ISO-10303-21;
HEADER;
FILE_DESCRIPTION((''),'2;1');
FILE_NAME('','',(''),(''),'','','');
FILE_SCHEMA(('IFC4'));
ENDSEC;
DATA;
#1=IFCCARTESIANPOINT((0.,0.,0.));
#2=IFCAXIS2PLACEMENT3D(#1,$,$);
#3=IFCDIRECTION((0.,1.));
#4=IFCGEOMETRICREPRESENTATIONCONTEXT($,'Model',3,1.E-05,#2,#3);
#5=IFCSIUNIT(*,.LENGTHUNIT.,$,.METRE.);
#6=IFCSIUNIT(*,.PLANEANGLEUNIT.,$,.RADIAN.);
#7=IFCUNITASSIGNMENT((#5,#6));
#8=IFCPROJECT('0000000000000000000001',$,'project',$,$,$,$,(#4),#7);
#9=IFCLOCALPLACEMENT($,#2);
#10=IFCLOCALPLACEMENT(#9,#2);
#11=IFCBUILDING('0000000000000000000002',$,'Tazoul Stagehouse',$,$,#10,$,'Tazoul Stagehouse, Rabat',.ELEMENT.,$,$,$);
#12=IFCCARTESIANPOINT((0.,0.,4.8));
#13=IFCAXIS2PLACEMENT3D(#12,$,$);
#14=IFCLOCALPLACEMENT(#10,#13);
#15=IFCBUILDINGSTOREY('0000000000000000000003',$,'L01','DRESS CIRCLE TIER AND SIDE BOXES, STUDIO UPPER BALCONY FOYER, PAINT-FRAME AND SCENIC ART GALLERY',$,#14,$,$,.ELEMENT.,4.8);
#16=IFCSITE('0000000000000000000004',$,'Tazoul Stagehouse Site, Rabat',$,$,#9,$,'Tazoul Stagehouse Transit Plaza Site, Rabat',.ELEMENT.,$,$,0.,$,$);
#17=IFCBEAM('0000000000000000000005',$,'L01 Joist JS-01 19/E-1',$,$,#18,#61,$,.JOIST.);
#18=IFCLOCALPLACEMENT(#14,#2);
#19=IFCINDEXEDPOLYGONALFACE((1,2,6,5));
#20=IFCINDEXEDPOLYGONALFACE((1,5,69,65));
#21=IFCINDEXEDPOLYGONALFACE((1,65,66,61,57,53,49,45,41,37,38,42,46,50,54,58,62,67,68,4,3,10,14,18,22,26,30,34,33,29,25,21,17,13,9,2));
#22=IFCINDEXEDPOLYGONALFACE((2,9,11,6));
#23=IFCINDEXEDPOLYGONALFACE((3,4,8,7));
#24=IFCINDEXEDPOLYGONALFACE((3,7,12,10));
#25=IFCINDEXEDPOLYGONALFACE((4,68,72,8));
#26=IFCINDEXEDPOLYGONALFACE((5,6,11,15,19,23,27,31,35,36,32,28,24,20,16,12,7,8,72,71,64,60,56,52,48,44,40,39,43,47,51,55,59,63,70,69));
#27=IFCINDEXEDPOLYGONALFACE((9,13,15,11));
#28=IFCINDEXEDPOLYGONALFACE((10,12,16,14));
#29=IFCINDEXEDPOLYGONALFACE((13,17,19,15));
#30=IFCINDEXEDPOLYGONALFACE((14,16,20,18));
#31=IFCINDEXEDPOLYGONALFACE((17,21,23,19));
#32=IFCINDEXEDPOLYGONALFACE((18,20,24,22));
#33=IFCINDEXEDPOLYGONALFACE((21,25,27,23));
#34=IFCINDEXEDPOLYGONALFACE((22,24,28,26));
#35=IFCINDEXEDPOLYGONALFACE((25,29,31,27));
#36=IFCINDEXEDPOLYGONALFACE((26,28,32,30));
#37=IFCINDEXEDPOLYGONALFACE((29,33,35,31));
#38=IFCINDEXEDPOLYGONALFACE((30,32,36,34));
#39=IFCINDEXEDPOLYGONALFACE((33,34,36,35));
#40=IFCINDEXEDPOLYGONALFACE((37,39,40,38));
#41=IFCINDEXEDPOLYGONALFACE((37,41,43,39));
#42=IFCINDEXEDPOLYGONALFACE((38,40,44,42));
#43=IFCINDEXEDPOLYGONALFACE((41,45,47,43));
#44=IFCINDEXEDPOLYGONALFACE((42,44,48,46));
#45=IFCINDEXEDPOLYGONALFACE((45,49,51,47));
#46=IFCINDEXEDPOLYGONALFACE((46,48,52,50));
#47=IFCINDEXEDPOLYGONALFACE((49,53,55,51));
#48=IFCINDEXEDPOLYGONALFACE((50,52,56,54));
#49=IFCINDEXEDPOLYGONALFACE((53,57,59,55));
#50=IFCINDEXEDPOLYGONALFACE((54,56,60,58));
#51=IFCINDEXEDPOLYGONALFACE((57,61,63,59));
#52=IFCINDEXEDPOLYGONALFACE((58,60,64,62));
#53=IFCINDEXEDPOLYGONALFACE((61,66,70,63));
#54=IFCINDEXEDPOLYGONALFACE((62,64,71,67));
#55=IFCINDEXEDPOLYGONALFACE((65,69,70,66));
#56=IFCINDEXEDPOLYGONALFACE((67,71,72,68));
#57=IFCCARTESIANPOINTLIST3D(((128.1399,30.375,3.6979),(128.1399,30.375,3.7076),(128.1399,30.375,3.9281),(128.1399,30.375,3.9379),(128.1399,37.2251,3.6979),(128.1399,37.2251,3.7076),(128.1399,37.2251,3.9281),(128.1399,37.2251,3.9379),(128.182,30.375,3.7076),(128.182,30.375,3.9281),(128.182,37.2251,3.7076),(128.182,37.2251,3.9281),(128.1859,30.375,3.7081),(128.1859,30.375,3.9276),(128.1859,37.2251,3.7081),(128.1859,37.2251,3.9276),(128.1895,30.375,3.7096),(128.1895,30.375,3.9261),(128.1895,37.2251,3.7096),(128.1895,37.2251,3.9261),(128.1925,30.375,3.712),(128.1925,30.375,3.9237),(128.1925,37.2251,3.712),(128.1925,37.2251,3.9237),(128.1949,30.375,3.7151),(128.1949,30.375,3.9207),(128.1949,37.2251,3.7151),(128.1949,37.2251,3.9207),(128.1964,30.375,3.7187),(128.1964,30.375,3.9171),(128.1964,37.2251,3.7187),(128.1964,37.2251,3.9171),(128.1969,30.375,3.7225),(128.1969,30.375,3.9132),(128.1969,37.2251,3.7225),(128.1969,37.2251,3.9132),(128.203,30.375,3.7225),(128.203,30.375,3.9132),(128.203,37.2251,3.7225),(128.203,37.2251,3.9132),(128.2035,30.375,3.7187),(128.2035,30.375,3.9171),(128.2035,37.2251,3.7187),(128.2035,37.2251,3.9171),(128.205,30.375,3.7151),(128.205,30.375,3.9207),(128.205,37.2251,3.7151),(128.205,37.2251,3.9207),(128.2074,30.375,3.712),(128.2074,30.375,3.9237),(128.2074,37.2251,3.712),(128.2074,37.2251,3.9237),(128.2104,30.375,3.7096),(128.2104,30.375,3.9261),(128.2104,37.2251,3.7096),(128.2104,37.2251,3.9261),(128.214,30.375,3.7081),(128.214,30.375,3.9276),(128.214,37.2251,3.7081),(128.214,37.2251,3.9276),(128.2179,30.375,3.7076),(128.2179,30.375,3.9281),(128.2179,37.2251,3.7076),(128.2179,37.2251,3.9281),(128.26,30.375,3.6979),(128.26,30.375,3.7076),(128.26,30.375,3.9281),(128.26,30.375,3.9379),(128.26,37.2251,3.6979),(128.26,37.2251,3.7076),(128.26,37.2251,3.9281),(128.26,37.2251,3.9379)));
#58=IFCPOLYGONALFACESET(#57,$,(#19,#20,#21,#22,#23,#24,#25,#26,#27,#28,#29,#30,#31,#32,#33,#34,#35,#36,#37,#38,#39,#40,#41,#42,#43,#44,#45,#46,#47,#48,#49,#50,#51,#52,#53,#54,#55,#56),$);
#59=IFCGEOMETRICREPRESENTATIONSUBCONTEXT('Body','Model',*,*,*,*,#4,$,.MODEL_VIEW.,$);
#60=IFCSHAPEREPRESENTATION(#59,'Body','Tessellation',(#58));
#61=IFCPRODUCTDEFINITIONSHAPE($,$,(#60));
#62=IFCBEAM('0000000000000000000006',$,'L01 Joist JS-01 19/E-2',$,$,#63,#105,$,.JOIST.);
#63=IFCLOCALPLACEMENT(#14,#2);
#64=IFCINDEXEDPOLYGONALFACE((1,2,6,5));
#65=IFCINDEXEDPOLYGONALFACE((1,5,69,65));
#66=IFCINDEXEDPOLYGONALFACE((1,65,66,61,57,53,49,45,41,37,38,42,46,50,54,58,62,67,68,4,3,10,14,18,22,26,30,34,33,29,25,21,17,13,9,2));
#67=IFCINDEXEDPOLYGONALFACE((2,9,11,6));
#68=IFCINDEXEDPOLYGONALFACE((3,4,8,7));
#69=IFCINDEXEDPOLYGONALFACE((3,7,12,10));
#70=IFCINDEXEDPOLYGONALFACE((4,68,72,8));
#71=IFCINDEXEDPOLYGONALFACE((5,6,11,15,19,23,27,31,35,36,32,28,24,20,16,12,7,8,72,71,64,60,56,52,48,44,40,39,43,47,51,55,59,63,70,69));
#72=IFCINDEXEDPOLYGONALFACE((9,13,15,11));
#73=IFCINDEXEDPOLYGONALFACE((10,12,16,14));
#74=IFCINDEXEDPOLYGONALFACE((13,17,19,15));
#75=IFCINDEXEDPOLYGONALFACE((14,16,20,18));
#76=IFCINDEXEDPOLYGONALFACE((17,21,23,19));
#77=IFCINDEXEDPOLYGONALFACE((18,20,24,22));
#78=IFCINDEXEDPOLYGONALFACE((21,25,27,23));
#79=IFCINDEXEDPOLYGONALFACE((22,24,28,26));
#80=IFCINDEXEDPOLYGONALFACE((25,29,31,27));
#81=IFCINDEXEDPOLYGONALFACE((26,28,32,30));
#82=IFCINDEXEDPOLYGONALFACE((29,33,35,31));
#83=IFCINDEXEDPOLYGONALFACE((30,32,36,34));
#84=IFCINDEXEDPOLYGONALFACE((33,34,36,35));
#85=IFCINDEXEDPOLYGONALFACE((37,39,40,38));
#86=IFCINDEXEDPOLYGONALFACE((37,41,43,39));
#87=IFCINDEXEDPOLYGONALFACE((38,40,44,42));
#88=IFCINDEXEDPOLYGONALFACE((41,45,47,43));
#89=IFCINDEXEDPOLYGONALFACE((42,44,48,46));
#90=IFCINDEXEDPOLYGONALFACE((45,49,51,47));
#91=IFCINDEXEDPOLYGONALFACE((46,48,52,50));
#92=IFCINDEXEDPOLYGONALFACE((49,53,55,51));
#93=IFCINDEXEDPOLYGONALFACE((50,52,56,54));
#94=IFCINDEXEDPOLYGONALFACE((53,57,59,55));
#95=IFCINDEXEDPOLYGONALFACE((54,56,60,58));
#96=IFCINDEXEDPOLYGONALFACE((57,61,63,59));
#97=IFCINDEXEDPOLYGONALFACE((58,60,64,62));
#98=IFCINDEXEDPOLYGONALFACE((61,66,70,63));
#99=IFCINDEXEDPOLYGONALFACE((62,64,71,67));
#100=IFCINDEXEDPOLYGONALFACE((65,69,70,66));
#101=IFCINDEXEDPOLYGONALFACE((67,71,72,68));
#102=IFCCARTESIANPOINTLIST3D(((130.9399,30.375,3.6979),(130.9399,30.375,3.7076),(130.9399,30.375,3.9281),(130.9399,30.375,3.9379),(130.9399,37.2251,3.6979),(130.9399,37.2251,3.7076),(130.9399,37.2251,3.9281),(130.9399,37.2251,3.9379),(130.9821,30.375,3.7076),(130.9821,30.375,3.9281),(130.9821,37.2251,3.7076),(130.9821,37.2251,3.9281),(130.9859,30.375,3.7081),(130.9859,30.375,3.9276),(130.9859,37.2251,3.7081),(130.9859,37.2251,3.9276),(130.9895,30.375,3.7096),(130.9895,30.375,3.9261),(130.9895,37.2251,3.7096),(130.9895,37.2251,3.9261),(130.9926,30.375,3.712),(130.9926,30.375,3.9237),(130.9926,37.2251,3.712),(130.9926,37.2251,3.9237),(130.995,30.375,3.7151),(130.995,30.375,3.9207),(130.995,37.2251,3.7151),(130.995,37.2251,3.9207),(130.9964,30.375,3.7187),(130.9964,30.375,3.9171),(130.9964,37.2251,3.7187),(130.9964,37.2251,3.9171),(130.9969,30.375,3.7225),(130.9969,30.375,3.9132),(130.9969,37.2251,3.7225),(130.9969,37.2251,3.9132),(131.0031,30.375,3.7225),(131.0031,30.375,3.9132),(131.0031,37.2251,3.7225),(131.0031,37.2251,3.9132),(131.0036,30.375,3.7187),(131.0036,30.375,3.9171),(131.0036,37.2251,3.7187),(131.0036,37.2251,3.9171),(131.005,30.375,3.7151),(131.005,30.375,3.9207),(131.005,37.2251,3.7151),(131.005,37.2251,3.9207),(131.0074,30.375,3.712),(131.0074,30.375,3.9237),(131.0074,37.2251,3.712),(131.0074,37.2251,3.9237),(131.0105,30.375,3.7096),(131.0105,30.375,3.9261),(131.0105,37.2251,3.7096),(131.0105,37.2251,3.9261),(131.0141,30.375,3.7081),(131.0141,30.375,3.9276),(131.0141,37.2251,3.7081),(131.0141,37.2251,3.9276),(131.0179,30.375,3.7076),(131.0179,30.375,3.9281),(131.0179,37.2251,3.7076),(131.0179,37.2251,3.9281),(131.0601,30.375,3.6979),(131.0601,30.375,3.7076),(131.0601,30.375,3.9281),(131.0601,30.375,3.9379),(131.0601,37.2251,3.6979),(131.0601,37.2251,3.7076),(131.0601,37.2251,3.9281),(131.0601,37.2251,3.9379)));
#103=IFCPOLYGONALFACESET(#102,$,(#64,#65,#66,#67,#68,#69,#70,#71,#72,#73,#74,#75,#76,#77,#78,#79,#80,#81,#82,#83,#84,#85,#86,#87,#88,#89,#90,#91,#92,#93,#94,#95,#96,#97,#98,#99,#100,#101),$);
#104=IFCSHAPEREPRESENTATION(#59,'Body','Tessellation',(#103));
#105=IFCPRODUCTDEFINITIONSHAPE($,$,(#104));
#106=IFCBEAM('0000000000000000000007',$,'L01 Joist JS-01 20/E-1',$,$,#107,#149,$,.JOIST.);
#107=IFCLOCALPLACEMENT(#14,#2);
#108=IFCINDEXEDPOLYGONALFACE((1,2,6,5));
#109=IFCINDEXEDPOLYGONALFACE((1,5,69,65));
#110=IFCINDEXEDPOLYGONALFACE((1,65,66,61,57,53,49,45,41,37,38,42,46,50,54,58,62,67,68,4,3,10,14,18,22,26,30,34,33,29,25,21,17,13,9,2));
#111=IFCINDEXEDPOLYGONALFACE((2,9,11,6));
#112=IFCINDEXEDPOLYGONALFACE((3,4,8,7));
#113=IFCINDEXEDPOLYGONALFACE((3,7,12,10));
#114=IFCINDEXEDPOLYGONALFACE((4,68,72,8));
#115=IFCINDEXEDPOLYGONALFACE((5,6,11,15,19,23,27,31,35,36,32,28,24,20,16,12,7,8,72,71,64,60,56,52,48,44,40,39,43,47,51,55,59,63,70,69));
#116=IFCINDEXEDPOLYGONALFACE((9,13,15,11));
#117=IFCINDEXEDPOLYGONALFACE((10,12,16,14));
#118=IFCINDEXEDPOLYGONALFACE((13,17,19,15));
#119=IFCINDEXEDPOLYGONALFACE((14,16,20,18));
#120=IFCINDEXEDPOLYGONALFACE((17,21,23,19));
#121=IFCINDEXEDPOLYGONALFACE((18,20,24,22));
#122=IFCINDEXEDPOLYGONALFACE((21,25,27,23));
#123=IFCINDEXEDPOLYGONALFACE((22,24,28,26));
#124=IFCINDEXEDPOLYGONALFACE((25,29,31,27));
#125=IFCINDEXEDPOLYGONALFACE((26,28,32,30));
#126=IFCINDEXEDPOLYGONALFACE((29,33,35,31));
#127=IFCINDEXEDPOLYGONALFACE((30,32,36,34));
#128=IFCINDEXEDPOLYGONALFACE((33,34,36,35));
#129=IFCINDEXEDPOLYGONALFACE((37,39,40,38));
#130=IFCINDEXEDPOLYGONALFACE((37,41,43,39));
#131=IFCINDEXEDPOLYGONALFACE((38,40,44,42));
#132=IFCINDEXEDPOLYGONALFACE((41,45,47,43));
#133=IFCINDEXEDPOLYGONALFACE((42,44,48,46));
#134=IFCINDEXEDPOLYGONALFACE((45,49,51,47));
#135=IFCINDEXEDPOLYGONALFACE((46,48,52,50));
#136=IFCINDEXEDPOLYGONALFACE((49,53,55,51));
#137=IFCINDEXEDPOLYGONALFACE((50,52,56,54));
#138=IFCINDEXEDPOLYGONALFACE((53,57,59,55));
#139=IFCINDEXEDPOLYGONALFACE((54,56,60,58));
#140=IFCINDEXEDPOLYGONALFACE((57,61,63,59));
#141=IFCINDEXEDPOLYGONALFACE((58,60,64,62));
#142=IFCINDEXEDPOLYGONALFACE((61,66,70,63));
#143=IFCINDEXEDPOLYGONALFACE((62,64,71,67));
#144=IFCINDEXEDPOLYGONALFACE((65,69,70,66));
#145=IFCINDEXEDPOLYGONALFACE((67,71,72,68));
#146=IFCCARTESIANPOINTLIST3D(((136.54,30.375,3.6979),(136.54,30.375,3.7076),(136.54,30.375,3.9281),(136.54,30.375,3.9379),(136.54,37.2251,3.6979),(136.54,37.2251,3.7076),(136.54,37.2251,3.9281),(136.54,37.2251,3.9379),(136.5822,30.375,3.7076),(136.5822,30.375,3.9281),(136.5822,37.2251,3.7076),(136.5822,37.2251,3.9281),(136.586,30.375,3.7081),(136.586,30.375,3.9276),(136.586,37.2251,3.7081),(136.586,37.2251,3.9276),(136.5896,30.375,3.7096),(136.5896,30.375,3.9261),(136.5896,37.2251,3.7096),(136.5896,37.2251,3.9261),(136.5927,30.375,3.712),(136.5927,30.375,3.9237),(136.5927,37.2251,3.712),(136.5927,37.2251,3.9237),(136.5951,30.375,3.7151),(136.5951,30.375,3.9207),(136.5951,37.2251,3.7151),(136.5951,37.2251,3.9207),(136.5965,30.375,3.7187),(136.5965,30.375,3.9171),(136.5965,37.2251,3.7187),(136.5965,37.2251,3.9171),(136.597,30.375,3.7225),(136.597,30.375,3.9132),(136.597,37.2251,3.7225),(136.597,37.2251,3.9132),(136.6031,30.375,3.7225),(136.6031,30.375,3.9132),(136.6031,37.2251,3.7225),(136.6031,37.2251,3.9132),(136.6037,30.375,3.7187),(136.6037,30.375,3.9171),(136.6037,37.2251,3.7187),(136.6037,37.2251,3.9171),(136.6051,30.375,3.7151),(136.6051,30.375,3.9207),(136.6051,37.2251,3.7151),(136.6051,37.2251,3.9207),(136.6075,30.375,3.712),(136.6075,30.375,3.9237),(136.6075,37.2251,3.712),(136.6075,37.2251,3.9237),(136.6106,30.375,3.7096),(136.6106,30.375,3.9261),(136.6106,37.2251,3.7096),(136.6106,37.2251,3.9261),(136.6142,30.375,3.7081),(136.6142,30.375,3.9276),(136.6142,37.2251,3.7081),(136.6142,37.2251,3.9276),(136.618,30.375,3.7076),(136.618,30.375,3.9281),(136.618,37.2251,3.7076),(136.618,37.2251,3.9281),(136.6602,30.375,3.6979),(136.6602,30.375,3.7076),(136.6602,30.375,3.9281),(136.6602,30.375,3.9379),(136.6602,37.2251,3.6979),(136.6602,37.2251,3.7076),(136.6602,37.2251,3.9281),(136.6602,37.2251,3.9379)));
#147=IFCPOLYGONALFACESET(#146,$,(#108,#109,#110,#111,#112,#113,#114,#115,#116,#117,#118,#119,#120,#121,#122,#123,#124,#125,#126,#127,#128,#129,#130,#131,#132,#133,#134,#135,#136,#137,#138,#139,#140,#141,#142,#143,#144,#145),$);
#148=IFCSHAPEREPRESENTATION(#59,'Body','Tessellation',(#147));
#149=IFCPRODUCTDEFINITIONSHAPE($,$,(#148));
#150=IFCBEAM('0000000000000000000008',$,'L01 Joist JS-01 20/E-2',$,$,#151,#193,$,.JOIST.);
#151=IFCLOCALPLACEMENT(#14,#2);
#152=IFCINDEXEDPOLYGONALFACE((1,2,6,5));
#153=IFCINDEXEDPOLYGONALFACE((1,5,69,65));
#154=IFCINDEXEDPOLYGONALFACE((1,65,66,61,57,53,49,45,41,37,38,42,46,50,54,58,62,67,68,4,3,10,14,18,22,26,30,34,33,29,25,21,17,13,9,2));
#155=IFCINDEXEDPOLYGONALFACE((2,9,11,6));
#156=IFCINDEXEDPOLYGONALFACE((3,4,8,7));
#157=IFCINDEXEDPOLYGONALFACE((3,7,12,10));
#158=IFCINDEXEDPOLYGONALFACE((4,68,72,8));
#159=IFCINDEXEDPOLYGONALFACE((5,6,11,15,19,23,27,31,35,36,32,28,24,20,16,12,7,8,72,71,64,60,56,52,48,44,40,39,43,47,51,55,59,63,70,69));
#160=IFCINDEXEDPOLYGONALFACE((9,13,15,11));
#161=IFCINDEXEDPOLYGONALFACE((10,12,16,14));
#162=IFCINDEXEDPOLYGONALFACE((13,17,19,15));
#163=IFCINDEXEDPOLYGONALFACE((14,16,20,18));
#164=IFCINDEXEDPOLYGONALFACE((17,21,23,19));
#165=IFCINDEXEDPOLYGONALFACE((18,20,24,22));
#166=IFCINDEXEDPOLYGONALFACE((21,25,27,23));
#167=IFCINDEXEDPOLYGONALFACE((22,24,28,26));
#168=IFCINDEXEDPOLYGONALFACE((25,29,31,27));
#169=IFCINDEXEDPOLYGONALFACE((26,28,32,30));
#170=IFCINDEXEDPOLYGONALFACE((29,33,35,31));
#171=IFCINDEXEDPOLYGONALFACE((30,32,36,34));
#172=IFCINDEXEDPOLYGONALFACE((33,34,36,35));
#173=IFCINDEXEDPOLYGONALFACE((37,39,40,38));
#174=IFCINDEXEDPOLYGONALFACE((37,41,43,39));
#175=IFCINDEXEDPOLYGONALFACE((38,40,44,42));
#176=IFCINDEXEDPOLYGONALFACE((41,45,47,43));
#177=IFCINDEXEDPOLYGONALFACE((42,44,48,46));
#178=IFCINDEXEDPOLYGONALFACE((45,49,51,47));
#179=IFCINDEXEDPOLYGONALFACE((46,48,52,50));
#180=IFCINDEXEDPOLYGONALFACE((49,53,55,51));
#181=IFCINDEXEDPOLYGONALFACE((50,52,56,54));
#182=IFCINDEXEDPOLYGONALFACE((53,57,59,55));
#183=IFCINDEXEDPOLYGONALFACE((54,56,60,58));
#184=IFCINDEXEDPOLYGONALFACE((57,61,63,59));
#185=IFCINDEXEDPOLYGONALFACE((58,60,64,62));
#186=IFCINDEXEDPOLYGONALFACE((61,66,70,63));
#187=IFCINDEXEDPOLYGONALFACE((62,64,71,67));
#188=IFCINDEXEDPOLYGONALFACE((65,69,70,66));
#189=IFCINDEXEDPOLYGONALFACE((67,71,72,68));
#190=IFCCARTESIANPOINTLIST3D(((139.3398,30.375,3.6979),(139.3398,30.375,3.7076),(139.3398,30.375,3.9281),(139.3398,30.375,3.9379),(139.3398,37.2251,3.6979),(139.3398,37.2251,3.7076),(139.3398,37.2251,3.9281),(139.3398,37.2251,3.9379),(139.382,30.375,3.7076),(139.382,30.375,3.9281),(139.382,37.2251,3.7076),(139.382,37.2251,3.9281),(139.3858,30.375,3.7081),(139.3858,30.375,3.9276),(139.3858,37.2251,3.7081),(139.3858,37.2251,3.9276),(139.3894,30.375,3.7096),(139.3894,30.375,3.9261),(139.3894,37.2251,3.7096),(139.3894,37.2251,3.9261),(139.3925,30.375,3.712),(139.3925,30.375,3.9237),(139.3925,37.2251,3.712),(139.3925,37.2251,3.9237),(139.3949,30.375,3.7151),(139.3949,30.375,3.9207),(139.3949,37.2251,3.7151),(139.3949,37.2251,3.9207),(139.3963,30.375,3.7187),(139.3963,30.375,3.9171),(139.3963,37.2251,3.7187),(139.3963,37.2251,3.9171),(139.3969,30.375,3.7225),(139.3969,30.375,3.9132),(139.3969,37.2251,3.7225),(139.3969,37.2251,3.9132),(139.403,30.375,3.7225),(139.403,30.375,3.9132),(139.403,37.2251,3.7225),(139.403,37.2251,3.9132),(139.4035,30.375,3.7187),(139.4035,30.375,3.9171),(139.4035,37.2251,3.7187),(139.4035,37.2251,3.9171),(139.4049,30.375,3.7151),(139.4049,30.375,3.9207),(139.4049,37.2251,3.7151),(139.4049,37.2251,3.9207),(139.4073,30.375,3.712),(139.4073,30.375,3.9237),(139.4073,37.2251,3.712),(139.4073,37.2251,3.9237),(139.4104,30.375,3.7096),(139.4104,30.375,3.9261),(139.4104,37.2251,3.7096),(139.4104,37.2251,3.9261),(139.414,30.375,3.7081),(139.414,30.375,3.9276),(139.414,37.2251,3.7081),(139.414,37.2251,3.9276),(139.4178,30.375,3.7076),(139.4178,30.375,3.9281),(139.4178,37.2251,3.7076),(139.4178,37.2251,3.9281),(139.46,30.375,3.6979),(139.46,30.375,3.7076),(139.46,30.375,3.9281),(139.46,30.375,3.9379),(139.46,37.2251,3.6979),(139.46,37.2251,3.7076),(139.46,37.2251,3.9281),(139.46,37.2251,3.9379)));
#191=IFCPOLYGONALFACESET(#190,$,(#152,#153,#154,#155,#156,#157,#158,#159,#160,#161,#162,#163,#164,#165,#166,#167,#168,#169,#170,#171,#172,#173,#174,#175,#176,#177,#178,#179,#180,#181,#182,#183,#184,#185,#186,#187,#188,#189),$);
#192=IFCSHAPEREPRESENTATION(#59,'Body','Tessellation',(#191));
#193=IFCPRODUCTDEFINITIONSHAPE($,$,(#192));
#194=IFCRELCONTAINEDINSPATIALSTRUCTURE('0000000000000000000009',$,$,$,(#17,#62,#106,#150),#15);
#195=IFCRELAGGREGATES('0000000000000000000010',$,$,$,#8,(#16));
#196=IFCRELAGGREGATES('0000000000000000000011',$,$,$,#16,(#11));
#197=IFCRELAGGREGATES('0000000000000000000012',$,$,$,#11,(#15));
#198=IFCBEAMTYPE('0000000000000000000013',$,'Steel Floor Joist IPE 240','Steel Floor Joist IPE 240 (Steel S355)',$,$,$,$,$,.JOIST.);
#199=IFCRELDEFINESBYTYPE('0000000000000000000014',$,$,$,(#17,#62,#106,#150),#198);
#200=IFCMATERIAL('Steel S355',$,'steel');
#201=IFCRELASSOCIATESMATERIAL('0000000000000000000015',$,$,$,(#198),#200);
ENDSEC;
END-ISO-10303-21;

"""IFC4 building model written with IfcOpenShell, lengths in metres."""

from ifc_helpers import new_model, si_unit, direction, frame, origin, origin_2d, place, context, subcontext, project, spatial, i_section, extrude, material, material_profile, profile_set, type_object, element, save


model = new_model("IFC4")

# Units and contexts
model_context = context("Model", 3, precision=1e-05, world=origin(), true_north=direction((0.0, 1.0)))
body_context = subcontext(model_context, "Body", "Model", "MODEL_VIEW")
ifc_project = project(units=[si_unit("LENGTHUNIT", "METRE"), si_unit("PLANEANGLEUNIT", "RADIAN")], contexts=[model_context])

# Site, building, storey
site_placement = place(None, origin())
site = spatial("IfcSite", under=ifc_project, at=site_placement, Name="Tazoul Stagehouse Site, Rabat", LongName="Tazoul Stagehouse Transit Plaza Site, Rabat", CompositionType="ELEMENT", RefElevation=0.0)
building_placement = place(site_placement, origin())
building = spatial("IfcBuilding", under=site, at=building_placement, Name="Tazoul Stagehouse", LongName="Tazoul Stagehouse, Rabat", CompositionType="ELEMENT")
storey_placement = place(building_placement, frame((0.0, 0.0, 4.8)))
storey = spatial("IfcBuildingStorey", under=building, at=storey_placement, Name="L01", Description="DRESS CIRCLE TIER AND SIDE BOXES, STUDIO UPPER BALCONY FOYER, PAINT-FRAME AND SCENIC ART GALLERY", CompositionType="ELEMENT", Elevation=4.8)

# Beams
ifc_material_1 = material(Name="Steel S355", Category="steel")
ifc_material_profile_1 = material_profile(ifc_material_1, i_section(OverallWidth=0.1201, OverallDepth=0.24, WebThickness=0.0061, FlangeThickness=0.0098, FilletRadius=0.0149, at=origin_2d()), Name="IPE 240")
ifc_profile_set_1 = profile_set([ifc_material_profile_1], Name="Steel S355")
beam_type_1 = type_object("IfcBeamType", Name="Steel Floor Joist IPE 240", Description="Steel Floor Joist IPE 240 (Steel S355)", PredefinedType="JOIST", material=ifc_profile_set_1)
for number, where, z_axis, x_axis, name in (
    (1, (128.2, 30.375, 3.8179), (0.0, 1.0, 0.0), (-1.0, 0.0, 0.0), "L01 Joist JS-01 19/E-1"),
    (2, (131.0, 30.375, 3.8179), (0.0, 1.0, 0.0), (-1.0, 0.0, 0.0), "L01 Joist JS-01 19/E-2"),
    (3, (136.6001, 30.375, 3.8179), (0.0, 1.0, 0.0), (-1.0, 0.0, 0.0), "L01 Joist JS-01 20/E-1"),
    (4, (139.3999, 30.375, 3.8179), (0.0, 1.0, 0.0), (-1.0, 0.0, 0.0), "L01 Joist JS-01 20/E-2"),
):
    element("IfcBeam", number, at=place(storey_placement, frame(where, z_axis=z_axis, x_axis=x_axis)), inside=storey, type_object=beam_type_1, Name=name, PredefinedType="JOIST", context=body_context, shape_type="SweptSolid", body=[
        extrude(i_section(OverallWidth=0.1201, OverallDepth=0.24, WebThickness=0.0061, FlangeThickness=0.0098, FilletRadius=0.0149, at=origin_2d()), origin(), (0.0, 0.0, 1.0), 6.8501),
    ])

save(model, "model.ifc")
